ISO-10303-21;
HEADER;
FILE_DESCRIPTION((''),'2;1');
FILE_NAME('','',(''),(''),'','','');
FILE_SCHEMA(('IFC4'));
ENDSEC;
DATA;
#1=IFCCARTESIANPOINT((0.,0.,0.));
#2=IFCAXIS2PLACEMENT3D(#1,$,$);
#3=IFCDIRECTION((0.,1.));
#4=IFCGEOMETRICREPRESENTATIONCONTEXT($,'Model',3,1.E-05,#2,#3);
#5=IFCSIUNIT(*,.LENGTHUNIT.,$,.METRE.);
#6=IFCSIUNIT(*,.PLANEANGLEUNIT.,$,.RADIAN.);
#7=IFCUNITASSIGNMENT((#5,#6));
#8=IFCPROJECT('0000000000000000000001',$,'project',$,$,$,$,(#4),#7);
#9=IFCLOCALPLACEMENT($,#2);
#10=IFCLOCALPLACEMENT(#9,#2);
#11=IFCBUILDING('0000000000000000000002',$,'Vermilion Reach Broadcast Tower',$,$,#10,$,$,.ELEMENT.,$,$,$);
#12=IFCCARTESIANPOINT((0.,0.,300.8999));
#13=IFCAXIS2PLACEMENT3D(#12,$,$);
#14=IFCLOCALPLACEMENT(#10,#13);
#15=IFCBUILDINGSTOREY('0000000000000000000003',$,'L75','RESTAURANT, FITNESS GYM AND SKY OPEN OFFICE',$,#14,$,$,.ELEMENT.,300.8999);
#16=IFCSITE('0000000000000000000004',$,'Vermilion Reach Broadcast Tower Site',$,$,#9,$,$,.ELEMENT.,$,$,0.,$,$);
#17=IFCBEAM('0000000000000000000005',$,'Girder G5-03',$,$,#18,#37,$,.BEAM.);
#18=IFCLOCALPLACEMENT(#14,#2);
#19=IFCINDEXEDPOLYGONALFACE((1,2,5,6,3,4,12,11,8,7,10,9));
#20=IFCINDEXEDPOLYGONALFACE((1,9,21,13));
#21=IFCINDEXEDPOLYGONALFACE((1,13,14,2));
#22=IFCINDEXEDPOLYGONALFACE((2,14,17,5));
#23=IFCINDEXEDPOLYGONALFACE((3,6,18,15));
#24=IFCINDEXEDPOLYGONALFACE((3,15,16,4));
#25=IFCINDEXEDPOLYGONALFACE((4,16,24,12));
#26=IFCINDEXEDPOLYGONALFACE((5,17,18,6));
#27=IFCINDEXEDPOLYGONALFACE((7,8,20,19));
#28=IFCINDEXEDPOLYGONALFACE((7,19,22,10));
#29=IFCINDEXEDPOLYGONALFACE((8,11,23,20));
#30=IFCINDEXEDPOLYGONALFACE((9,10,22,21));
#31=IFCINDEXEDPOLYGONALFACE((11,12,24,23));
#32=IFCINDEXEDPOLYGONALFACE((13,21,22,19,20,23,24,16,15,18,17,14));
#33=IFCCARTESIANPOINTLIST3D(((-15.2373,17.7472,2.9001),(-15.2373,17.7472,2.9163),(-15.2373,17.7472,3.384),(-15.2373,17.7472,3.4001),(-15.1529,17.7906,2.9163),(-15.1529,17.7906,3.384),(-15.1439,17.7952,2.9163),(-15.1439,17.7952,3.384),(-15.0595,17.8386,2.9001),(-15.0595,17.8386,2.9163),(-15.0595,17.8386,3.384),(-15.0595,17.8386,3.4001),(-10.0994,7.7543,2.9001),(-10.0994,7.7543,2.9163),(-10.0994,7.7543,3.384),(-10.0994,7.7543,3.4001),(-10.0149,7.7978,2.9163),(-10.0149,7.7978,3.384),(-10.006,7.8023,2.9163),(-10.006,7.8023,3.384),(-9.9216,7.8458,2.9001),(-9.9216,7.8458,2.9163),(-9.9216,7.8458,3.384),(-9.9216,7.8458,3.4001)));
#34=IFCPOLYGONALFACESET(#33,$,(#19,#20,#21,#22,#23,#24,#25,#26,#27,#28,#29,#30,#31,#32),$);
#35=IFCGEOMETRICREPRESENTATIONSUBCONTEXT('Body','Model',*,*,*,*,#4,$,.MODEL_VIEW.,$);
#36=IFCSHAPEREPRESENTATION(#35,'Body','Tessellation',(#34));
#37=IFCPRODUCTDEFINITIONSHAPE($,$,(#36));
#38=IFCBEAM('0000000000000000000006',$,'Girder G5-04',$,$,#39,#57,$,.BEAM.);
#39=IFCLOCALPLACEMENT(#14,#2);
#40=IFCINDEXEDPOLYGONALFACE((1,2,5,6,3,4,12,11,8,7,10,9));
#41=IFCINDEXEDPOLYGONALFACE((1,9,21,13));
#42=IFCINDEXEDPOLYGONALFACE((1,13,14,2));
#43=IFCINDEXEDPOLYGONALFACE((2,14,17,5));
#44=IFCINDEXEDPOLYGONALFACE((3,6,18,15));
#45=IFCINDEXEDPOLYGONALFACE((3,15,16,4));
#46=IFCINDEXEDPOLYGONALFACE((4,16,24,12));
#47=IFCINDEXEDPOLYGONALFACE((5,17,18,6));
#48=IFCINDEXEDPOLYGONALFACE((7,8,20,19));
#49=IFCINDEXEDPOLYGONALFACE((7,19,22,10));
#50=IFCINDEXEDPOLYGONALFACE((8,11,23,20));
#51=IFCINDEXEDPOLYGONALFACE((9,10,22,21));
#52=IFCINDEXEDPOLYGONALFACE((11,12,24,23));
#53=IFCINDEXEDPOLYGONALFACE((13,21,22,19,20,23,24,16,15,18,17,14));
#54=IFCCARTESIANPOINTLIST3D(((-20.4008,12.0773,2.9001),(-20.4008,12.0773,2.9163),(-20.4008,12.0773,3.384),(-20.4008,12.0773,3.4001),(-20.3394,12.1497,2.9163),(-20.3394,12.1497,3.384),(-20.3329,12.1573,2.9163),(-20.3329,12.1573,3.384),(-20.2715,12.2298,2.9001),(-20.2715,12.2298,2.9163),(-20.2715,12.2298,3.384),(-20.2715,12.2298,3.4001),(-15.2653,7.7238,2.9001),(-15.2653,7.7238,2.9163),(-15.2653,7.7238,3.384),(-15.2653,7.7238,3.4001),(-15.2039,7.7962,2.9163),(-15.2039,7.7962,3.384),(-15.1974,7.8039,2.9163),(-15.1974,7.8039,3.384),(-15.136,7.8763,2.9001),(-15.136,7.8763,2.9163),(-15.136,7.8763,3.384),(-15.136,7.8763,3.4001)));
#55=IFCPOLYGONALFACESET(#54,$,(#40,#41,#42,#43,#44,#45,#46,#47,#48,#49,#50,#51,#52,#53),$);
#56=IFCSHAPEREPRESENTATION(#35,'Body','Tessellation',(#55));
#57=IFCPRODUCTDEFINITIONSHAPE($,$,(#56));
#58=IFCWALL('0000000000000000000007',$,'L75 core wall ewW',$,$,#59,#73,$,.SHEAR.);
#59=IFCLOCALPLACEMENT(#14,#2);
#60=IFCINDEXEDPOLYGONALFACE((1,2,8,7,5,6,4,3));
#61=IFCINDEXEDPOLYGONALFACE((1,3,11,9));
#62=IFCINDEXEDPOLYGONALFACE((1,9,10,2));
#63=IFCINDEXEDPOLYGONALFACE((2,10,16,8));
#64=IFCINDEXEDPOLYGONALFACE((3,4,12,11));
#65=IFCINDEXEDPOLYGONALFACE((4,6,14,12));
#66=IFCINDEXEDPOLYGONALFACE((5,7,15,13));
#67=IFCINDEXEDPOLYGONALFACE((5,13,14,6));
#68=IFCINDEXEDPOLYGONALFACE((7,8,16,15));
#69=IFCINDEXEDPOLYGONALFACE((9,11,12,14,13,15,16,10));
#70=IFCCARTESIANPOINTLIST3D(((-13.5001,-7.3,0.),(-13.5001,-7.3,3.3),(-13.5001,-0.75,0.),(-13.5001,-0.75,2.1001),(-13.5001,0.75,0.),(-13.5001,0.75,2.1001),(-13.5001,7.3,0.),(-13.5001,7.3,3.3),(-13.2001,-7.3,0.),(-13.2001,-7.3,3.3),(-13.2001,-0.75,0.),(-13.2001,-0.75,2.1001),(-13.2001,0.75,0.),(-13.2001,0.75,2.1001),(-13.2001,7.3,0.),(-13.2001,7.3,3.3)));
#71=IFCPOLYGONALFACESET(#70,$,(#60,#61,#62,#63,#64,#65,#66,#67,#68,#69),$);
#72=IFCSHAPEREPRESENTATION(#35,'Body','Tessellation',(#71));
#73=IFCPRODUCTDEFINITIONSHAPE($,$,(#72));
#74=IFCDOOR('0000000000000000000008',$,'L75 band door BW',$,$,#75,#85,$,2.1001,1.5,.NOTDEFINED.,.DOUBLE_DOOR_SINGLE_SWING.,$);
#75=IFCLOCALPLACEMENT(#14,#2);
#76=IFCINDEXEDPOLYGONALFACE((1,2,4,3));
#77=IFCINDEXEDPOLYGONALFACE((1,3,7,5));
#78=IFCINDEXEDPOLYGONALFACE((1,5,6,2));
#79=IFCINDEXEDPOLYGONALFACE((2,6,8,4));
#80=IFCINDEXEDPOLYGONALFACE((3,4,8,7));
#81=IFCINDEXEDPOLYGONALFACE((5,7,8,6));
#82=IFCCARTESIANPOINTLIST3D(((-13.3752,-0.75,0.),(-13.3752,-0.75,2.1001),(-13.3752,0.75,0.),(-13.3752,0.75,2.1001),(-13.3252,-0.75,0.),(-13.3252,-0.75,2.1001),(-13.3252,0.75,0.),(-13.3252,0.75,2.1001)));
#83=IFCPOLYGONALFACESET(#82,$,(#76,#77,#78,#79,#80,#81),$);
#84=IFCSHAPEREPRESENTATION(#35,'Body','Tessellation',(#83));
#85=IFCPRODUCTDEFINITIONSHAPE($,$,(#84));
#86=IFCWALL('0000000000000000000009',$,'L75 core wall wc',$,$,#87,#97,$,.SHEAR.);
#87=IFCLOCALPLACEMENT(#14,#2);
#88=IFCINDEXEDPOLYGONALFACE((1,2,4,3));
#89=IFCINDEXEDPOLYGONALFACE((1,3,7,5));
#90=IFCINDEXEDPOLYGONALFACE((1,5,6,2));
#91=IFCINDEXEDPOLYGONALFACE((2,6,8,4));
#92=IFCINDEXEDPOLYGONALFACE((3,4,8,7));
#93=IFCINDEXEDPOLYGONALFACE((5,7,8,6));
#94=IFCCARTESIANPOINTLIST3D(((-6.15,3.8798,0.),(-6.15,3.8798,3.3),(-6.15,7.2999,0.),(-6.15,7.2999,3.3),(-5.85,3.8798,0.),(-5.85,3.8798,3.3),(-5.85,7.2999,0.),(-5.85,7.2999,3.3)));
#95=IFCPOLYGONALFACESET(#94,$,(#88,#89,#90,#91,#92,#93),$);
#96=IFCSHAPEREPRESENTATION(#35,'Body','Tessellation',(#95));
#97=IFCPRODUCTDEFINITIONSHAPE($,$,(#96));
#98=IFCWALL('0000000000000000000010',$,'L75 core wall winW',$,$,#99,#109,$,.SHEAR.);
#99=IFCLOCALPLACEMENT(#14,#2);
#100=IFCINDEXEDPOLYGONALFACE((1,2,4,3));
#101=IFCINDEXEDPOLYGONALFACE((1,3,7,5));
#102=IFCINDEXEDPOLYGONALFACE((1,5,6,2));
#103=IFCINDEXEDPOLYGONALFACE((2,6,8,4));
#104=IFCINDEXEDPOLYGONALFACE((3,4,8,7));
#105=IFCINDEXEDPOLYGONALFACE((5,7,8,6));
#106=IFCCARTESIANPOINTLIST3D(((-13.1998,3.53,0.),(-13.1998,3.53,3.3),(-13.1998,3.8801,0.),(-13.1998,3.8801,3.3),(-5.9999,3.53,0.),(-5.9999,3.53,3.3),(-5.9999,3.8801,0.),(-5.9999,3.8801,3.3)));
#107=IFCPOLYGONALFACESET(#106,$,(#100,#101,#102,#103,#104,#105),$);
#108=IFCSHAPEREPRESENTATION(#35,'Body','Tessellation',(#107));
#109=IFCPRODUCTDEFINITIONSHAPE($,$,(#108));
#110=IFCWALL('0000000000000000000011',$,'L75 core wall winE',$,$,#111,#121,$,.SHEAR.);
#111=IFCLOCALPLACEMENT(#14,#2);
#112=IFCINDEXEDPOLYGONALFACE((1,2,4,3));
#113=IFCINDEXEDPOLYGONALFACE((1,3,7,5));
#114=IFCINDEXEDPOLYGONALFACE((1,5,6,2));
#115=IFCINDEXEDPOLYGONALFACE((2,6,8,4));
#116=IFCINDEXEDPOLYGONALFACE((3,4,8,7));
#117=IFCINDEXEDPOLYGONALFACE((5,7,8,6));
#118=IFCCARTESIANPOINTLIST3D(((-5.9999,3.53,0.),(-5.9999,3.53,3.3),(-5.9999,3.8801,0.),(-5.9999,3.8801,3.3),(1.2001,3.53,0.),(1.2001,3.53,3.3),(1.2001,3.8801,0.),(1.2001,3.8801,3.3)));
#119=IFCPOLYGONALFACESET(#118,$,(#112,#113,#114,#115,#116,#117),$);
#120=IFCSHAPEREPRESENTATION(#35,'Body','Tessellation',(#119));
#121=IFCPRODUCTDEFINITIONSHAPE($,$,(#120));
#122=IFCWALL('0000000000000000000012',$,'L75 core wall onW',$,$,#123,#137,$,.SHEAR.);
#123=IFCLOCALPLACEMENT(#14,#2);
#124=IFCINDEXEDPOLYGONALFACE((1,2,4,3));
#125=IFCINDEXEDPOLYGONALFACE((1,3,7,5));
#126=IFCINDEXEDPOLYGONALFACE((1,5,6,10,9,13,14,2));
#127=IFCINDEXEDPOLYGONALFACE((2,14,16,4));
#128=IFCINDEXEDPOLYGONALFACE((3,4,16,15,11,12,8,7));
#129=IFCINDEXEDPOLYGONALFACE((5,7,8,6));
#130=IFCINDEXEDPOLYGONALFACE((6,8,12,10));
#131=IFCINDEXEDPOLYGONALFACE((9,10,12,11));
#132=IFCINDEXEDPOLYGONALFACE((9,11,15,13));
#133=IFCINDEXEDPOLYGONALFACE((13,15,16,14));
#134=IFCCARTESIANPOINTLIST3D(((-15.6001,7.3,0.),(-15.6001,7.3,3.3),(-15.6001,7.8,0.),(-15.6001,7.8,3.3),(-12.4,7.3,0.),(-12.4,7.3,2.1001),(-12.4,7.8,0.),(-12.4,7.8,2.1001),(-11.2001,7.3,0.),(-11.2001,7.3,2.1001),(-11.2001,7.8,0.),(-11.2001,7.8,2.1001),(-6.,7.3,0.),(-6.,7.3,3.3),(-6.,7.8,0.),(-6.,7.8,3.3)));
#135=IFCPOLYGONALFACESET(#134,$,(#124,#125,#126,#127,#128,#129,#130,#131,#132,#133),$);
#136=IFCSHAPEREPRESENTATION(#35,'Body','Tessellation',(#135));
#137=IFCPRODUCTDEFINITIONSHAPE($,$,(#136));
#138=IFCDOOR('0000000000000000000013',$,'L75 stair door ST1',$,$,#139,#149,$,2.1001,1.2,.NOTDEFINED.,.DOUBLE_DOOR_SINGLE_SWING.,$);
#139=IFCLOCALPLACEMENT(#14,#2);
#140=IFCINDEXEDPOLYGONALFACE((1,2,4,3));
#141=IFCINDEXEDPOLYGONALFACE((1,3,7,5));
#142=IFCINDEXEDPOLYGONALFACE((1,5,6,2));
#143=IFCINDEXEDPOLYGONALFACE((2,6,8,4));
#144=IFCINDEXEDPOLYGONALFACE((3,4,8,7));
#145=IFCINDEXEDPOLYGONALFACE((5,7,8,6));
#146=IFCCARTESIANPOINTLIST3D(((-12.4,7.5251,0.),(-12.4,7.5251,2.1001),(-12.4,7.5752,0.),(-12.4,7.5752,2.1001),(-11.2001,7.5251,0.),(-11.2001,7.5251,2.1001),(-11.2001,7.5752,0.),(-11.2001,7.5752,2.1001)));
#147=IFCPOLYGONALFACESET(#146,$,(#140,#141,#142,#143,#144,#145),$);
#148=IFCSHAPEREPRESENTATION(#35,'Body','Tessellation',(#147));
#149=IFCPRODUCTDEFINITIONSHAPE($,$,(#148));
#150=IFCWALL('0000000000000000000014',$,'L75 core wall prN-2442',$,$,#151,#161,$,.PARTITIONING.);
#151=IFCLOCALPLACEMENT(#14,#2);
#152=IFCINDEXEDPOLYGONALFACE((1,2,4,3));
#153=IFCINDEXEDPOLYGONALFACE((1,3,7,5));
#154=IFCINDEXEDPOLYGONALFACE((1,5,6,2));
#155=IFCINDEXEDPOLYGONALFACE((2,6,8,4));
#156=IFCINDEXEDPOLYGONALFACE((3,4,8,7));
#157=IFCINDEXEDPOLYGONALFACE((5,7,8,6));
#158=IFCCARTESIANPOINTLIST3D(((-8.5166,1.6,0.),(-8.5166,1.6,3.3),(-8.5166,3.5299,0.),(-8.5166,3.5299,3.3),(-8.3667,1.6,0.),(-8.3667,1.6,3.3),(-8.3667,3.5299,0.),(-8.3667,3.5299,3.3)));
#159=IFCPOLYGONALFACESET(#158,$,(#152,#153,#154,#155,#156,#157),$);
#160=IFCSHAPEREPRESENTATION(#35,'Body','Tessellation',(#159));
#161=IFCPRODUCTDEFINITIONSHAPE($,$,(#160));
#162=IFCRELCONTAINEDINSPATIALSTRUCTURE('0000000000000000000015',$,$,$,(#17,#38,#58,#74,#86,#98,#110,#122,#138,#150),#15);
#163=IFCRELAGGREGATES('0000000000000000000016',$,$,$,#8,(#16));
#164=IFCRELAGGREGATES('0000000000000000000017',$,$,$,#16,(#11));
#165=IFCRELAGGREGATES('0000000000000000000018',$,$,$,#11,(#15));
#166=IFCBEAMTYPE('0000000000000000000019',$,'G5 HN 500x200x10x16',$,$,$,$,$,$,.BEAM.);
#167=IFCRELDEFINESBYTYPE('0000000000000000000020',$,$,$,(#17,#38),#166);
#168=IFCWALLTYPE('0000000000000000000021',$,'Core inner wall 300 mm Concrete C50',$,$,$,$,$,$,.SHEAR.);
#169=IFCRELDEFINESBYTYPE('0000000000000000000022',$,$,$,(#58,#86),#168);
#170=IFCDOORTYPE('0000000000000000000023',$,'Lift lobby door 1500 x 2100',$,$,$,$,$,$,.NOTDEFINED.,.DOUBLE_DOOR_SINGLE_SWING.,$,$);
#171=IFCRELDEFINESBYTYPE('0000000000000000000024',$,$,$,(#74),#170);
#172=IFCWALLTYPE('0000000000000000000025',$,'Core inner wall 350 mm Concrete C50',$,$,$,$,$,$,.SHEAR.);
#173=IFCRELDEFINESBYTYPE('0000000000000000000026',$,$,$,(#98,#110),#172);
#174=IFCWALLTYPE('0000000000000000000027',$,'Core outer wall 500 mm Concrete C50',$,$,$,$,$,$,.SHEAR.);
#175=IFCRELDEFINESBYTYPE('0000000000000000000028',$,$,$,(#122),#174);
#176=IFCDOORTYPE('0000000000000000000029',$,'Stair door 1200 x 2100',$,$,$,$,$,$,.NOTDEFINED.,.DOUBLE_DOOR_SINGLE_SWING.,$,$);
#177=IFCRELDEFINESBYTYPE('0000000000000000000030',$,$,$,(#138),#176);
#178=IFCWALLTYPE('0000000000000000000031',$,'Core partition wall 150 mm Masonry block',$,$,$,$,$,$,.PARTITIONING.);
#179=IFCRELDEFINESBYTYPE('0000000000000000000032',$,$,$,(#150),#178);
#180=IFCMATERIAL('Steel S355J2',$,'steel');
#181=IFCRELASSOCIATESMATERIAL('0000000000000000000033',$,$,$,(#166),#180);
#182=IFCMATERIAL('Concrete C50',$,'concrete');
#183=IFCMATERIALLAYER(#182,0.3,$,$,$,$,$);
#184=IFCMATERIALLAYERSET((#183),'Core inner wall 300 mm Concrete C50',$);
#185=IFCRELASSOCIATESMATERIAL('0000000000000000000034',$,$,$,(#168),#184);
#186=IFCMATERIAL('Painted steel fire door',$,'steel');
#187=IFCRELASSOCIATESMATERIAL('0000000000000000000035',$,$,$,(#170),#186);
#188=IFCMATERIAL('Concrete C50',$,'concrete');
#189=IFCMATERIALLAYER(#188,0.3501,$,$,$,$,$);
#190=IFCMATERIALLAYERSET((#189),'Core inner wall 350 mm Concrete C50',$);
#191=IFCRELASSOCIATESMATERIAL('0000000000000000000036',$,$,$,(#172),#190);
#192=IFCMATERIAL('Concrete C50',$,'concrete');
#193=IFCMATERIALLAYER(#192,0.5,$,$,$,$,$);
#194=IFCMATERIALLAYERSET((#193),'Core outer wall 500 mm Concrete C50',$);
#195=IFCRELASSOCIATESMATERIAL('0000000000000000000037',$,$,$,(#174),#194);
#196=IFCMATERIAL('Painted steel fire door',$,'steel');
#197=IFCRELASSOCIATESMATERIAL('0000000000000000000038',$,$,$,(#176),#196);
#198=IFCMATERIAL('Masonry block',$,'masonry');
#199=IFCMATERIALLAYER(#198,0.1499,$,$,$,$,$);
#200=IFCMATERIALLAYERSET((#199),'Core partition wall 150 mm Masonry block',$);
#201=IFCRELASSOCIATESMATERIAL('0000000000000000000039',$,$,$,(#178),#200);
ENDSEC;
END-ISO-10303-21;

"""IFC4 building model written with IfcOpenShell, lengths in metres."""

from ifc_helpers import new_model, si_unit, direction, frame, frame_2d, origin, origin_2d, place, context, subcontext, project, spatial, rectangle, i_section, extrude, material, layer, layer_set, material_profile, profile_set, type_object, element, fill, save


model = new_model("IFC4")

# Units and contexts
model_context = context("Model", 3, precision=1e-05, world=origin(), true_north=direction((0.0, 1.0)))
body_context = subcontext(model_context, "Body", "Model", "MODEL_VIEW")
ifc_project = project(units=[si_unit("LENGTHUNIT", "METRE"), si_unit("PLANEANGLEUNIT", "RADIAN")], contexts=[model_context])

# Site, building, storey
site_placement = place(None, origin())
site = spatial("IfcSite", under=ifc_project, at=site_placement, Name="Vermilion Reach Broadcast Tower Site", CompositionType="ELEMENT", RefElevation=0.0)
building_placement = place(site_placement, origin())
building = spatial("IfcBuilding", under=site, at=building_placement, Name="Vermilion Reach Broadcast Tower", CompositionType="ELEMENT")
storey_placement = place(building_placement, frame((0.0, 0.0, 300.8999)))
storey = spatial("IfcBuildingStorey", under=building, at=storey_placement, Name="L75", Description="RESTAURANT, FITNESS GYM AND SKY OPEN OFFICE", CompositionType="ELEMENT", Elevation=300.8999)

# Beams
ifc_material_1 = material(Name="Steel S355J2", Category="steel")
ifc_material_profile = material_profile(ifc_material_1, i_section(OverallWidth=0.2, OverallDepth=0.5, WebThickness=0.01, FlangeThickness=0.0161, at=origin_2d()), Name="S355J2 HN 500x200x10x16")
ifc_profile_set = profile_set([ifc_material_profile], Name="Steel S355J2")
beam_type = type_object("IfcBeamType", Name="G5 HN 500x200x10x16", PredefinedType="BEAM", material=ifc_profile_set)
beam_1_placement = place(storey_placement, frame((-10.0105, 7.8, 3.1501), z_axis=(-0.457258, 0.889334, 0.0), x_axis=(-0.889334, -0.457258, 0.0)))
element("IfcBeam", 1, at=beam_1_placement, inside=storey, type_object=beam_type, Name="Girder G5-03", PredefinedType="BEAM", context=body_context, shape_type="SweptSolid", body=[
    extrude(i_section(OverallWidth=0.2, OverallDepth=0.5, WebThickness=0.01, FlangeThickness=0.0161, at=origin_2d()), origin(), (0.0, 0.0, 1.0), 11.2363),
])
beam_2_placement = place(storey_placement, frame((-15.2007, 7.8, 3.1501), z_axis=(-0.762793, 0.646643, 0.0), x_axis=(-0.646643, -0.762793, 0.0)))
element("IfcBeam", 2, at=beam_2_placement, inside=storey, type_object=beam_type, Name="Girder G5-04", PredefinedType="BEAM", context=body_context, shape_type="SweptSolid", body=[
    extrude(i_section(OverallWidth=0.2, OverallDepth=0.5, WebThickness=0.01, FlangeThickness=0.0161, at=origin_2d()), origin(), (0.0, 0.0, 1.0), 6.7324),
])

# Wall, opening, door
ifc_material_2 = material(Name="Concrete C50", Category="concrete")
ifc_layer_1 = layer(ifc_material_2, 0.3)
ifc_layer_set_1 = layer_set([ifc_layer_1], Name="Core inner wall 300 mm Concrete C50")
wall_type_1 = type_object("IfcWallType", Name="Core inner wall 300 mm Concrete C50", PredefinedType="SHEAR", material=ifc_layer_set_1)
wall_1_placement = place(storey_placement, frame((-13.3501, 7.3, 0.0), z_axis=(0.0, 0.0, 1.0), x_axis=(0.0, -1.0, 0.0)))
wall_1 = element("IfcWall", 3, at=wall_1_placement, inside=storey, type_object=wall_type_1, Name="L75 core wall ewW", PredefinedType="SHEAR", context=body_context, shape_type="SweptSolid", body=[
    extrude(rectangle(XDim=14.6001, YDim=0.3, at=frame_2d((7.3, 0.0))), origin(), (0.0, 0.0, 1.0), 3.3),
])
opening_1_placement = place(wall_1_placement, frame((6.55, 0.0, 0.0)))
opening_1 = element("IfcOpeningElement", 4, at=opening_1_placement, cuts=wall_1, PredefinedType="OPENING", context=body_context, shape_type="SweptSolid", body=[
    extrude(rectangle(XDim=1.5, YDim=2.1001, at=frame_2d((0.75, 1.05))), frame((0.0, 0.1599, 0.0), z_axis=(0.0, -1.0, 0.0), x_axis=(1.0, 0.0, 0.0)), (0.0, 0.0, 1.0), 0.3201),
])
ifc_material_3 = material(Name="Painted steel fire door", Category="steel")
door_type_1 = type_object("IfcDoorType", Name="Lift lobby door 1500 x 2100", OperationType="DOUBLE_DOOR_SINGLE_SWING", PredefinedType="NOTDEFINED", material=ifc_material_3)
door_1_placement = place(opening_1_placement, origin())
door_1 = element("IfcDoor", 5, at=door_1_placement, inside=storey, type_object=door_type_1, Name="L75 band door BW", OperationType="DOUBLE_DOOR_SINGLE_SWING", OverallHeight=2.1001, OverallWidth=1.5, PredefinedType="NOTDEFINED", context=body_context, shape_type="SweptSolid", body=[
    extrude(rectangle(XDim=1.5, YDim=2.1001, at=frame_2d((0.75, 1.05))), frame((0.0, 0.0249, 0.0), z_axis=(0.0, -1.0, 0.0), x_axis=(1.0, 0.0, 0.0)), (0.0, 0.0, 1.0), 0.05),
])
fill(opening_1, door_1)

# Walls
wall_2_placement = place(storey_placement, frame((-6.0, 3.8799, 0.0), z_axis=(0.0, 0.0, 1.0), x_axis=(0.0, 1.0, 0.0)))
element("IfcWall", 6, at=wall_2_placement, inside=storey, type_object=wall_type_1, Name="L75 core wall wc", PredefinedType="SHEAR", context=body_context, shape_type="SweptSolid", body=[
    extrude(rectangle(XDim=3.4202, YDim=0.3, at=frame_2d((1.71, 0.0))), origin(), (0.0, 0.0, 1.0), 3.3),
])
ifc_material_4 = material(Name="Concrete C50", Category="concrete")
ifc_layer_2 = layer(ifc_material_4, 0.3501)
ifc_layer_set_2 = layer_set([ifc_layer_2], Name="Core inner wall 350 mm Concrete C50")
wall_type_2 = type_object("IfcWallType", Name="Core inner wall 350 mm Concrete C50", PredefinedType="SHEAR", material=ifc_layer_set_2)
for number, where, z_axis, x_axis, name in (
    (7, (-13.2, 3.7051, 0.0), (0.0, 0.0, 1.0), (1.0, 0.0, 0.0), "L75 core wall winW"),
    (8, (-6.0, 3.7051, 0.0), (0.0, 0.0, 1.0), (1.0, 0.0, 0.0), "L75 core wall winE"),
):
    element("IfcWall", number, at=place(storey_placement, frame(where, z_axis=z_axis, x_axis=x_axis)), inside=storey, type_object=wall_type_2, Name=name, PredefinedType="SHEAR", context=body_context, shape_type="SweptSolid", body=[
        extrude(rectangle(XDim=7.2, YDim=0.3501, at=frame_2d((3.6001, 0.0))), origin(), (0.0, 0.0, 1.0), 3.3),
    ])

# Wall, opening, door
ifc_material_5 = material(Name="Concrete C50", Category="concrete")
ifc_layer_3 = layer(ifc_material_5, 0.5)
ifc_layer_set_3 = layer_set([ifc_layer_3], Name="Core outer wall 500 mm Concrete C50")
wall_type_3 = type_object("IfcWallType", Name="Core outer wall 500 mm Concrete C50", PredefinedType="SHEAR", material=ifc_layer_set_3)
wall_3_placement = place(storey_placement, frame((-6.0, 7.55, 0.0), z_axis=(0.0, 0.0, 1.0), x_axis=(-1.0, 0.0, 0.0)))
wall_3 = element("IfcWall", 9, at=wall_3_placement, inside=storey, type_object=wall_type_3, Name="L75 core wall onW", PredefinedType="SHEAR", context=body_context, shape_type="SweptSolid", body=[
    extrude(rectangle(XDim=9.6001, YDim=0.5, at=frame_2d((4.8, 0.0))), origin(), (0.0, 0.0, 1.0), 3.3),
])
opening_2_placement = place(wall_3_placement, frame((5.2, 0.0, 0.0)))
opening_2 = element("IfcOpeningElement", 10, at=opening_2_placement, cuts=wall_3, PredefinedType="OPENING", context=body_context, shape_type="SweptSolid", body=[
    extrude(rectangle(XDim=1.2, YDim=2.1001, at=frame_2d((0.6001, 1.05))), frame((0.0, 0.26, 0.0), z_axis=(0.0, -1.0, 0.0), x_axis=(1.0, 0.0, 0.0)), (0.0, 0.0, 1.0), 0.52),
])
ifc_material_6 = material(Name="Painted steel fire door", Category="steel")
door_type_2 = type_object("IfcDoorType", Name="Stair door 1200 x 2100", OperationType="DOUBLE_DOOR_SINGLE_SWING", PredefinedType="NOTDEFINED", material=ifc_material_6)
door_2_placement = place(opening_2_placement, origin())
door_2 = element("IfcDoor", 11, at=door_2_placement, inside=storey, type_object=door_type_2, Name="L75 stair door ST1", OperationType="DOUBLE_DOOR_SINGLE_SWING", OverallHeight=2.1001, OverallWidth=1.2, PredefinedType="NOTDEFINED", context=body_context, shape_type="SweptSolid", body=[
    extrude(rectangle(XDim=1.2, YDim=2.1001, at=frame_2d((0.6001, 1.05))), frame((0.0, 0.0249, 0.0), z_axis=(0.0, -1.0, 0.0), x_axis=(1.0, 0.0, 0.0)), (0.0, 0.0, 1.0), 0.05),
])
fill(opening_2, door_2)

# Wall
ifc_material_7 = material(Name="Masonry block", Category="masonry")
ifc_layer_4 = layer(ifc_material_7, 0.1499)
ifc_layer_set_4 = layer_set([ifc_layer_4], Name="Core partition wall 150 mm Masonry block")
wall_type_4 = type_object("IfcWallType", Name="Core partition wall 150 mm Masonry block", PredefinedType="PARTITIONING", material=ifc_layer_set_4)
wall_4_placement = place(storey_placement, frame((-8.4417, 1.6001, 0.0), z_axis=(0.0, 0.0, 1.0), x_axis=(0.0, 1.0, 0.0)))
element("IfcWall", 12, at=wall_4_placement, inside=storey, type_object=wall_type_4, Name="L75 core wall prN-2442", PredefinedType="PARTITIONING", context=body_context, shape_type="SweptSolid", body=[
    extrude(rectangle(XDim=1.9299, YDim=0.1499, at=frame_2d((0.9648, 0.0))), origin(), (0.0, 0.0, 1.0), 3.3),
])

save(model, "model.ifc")
